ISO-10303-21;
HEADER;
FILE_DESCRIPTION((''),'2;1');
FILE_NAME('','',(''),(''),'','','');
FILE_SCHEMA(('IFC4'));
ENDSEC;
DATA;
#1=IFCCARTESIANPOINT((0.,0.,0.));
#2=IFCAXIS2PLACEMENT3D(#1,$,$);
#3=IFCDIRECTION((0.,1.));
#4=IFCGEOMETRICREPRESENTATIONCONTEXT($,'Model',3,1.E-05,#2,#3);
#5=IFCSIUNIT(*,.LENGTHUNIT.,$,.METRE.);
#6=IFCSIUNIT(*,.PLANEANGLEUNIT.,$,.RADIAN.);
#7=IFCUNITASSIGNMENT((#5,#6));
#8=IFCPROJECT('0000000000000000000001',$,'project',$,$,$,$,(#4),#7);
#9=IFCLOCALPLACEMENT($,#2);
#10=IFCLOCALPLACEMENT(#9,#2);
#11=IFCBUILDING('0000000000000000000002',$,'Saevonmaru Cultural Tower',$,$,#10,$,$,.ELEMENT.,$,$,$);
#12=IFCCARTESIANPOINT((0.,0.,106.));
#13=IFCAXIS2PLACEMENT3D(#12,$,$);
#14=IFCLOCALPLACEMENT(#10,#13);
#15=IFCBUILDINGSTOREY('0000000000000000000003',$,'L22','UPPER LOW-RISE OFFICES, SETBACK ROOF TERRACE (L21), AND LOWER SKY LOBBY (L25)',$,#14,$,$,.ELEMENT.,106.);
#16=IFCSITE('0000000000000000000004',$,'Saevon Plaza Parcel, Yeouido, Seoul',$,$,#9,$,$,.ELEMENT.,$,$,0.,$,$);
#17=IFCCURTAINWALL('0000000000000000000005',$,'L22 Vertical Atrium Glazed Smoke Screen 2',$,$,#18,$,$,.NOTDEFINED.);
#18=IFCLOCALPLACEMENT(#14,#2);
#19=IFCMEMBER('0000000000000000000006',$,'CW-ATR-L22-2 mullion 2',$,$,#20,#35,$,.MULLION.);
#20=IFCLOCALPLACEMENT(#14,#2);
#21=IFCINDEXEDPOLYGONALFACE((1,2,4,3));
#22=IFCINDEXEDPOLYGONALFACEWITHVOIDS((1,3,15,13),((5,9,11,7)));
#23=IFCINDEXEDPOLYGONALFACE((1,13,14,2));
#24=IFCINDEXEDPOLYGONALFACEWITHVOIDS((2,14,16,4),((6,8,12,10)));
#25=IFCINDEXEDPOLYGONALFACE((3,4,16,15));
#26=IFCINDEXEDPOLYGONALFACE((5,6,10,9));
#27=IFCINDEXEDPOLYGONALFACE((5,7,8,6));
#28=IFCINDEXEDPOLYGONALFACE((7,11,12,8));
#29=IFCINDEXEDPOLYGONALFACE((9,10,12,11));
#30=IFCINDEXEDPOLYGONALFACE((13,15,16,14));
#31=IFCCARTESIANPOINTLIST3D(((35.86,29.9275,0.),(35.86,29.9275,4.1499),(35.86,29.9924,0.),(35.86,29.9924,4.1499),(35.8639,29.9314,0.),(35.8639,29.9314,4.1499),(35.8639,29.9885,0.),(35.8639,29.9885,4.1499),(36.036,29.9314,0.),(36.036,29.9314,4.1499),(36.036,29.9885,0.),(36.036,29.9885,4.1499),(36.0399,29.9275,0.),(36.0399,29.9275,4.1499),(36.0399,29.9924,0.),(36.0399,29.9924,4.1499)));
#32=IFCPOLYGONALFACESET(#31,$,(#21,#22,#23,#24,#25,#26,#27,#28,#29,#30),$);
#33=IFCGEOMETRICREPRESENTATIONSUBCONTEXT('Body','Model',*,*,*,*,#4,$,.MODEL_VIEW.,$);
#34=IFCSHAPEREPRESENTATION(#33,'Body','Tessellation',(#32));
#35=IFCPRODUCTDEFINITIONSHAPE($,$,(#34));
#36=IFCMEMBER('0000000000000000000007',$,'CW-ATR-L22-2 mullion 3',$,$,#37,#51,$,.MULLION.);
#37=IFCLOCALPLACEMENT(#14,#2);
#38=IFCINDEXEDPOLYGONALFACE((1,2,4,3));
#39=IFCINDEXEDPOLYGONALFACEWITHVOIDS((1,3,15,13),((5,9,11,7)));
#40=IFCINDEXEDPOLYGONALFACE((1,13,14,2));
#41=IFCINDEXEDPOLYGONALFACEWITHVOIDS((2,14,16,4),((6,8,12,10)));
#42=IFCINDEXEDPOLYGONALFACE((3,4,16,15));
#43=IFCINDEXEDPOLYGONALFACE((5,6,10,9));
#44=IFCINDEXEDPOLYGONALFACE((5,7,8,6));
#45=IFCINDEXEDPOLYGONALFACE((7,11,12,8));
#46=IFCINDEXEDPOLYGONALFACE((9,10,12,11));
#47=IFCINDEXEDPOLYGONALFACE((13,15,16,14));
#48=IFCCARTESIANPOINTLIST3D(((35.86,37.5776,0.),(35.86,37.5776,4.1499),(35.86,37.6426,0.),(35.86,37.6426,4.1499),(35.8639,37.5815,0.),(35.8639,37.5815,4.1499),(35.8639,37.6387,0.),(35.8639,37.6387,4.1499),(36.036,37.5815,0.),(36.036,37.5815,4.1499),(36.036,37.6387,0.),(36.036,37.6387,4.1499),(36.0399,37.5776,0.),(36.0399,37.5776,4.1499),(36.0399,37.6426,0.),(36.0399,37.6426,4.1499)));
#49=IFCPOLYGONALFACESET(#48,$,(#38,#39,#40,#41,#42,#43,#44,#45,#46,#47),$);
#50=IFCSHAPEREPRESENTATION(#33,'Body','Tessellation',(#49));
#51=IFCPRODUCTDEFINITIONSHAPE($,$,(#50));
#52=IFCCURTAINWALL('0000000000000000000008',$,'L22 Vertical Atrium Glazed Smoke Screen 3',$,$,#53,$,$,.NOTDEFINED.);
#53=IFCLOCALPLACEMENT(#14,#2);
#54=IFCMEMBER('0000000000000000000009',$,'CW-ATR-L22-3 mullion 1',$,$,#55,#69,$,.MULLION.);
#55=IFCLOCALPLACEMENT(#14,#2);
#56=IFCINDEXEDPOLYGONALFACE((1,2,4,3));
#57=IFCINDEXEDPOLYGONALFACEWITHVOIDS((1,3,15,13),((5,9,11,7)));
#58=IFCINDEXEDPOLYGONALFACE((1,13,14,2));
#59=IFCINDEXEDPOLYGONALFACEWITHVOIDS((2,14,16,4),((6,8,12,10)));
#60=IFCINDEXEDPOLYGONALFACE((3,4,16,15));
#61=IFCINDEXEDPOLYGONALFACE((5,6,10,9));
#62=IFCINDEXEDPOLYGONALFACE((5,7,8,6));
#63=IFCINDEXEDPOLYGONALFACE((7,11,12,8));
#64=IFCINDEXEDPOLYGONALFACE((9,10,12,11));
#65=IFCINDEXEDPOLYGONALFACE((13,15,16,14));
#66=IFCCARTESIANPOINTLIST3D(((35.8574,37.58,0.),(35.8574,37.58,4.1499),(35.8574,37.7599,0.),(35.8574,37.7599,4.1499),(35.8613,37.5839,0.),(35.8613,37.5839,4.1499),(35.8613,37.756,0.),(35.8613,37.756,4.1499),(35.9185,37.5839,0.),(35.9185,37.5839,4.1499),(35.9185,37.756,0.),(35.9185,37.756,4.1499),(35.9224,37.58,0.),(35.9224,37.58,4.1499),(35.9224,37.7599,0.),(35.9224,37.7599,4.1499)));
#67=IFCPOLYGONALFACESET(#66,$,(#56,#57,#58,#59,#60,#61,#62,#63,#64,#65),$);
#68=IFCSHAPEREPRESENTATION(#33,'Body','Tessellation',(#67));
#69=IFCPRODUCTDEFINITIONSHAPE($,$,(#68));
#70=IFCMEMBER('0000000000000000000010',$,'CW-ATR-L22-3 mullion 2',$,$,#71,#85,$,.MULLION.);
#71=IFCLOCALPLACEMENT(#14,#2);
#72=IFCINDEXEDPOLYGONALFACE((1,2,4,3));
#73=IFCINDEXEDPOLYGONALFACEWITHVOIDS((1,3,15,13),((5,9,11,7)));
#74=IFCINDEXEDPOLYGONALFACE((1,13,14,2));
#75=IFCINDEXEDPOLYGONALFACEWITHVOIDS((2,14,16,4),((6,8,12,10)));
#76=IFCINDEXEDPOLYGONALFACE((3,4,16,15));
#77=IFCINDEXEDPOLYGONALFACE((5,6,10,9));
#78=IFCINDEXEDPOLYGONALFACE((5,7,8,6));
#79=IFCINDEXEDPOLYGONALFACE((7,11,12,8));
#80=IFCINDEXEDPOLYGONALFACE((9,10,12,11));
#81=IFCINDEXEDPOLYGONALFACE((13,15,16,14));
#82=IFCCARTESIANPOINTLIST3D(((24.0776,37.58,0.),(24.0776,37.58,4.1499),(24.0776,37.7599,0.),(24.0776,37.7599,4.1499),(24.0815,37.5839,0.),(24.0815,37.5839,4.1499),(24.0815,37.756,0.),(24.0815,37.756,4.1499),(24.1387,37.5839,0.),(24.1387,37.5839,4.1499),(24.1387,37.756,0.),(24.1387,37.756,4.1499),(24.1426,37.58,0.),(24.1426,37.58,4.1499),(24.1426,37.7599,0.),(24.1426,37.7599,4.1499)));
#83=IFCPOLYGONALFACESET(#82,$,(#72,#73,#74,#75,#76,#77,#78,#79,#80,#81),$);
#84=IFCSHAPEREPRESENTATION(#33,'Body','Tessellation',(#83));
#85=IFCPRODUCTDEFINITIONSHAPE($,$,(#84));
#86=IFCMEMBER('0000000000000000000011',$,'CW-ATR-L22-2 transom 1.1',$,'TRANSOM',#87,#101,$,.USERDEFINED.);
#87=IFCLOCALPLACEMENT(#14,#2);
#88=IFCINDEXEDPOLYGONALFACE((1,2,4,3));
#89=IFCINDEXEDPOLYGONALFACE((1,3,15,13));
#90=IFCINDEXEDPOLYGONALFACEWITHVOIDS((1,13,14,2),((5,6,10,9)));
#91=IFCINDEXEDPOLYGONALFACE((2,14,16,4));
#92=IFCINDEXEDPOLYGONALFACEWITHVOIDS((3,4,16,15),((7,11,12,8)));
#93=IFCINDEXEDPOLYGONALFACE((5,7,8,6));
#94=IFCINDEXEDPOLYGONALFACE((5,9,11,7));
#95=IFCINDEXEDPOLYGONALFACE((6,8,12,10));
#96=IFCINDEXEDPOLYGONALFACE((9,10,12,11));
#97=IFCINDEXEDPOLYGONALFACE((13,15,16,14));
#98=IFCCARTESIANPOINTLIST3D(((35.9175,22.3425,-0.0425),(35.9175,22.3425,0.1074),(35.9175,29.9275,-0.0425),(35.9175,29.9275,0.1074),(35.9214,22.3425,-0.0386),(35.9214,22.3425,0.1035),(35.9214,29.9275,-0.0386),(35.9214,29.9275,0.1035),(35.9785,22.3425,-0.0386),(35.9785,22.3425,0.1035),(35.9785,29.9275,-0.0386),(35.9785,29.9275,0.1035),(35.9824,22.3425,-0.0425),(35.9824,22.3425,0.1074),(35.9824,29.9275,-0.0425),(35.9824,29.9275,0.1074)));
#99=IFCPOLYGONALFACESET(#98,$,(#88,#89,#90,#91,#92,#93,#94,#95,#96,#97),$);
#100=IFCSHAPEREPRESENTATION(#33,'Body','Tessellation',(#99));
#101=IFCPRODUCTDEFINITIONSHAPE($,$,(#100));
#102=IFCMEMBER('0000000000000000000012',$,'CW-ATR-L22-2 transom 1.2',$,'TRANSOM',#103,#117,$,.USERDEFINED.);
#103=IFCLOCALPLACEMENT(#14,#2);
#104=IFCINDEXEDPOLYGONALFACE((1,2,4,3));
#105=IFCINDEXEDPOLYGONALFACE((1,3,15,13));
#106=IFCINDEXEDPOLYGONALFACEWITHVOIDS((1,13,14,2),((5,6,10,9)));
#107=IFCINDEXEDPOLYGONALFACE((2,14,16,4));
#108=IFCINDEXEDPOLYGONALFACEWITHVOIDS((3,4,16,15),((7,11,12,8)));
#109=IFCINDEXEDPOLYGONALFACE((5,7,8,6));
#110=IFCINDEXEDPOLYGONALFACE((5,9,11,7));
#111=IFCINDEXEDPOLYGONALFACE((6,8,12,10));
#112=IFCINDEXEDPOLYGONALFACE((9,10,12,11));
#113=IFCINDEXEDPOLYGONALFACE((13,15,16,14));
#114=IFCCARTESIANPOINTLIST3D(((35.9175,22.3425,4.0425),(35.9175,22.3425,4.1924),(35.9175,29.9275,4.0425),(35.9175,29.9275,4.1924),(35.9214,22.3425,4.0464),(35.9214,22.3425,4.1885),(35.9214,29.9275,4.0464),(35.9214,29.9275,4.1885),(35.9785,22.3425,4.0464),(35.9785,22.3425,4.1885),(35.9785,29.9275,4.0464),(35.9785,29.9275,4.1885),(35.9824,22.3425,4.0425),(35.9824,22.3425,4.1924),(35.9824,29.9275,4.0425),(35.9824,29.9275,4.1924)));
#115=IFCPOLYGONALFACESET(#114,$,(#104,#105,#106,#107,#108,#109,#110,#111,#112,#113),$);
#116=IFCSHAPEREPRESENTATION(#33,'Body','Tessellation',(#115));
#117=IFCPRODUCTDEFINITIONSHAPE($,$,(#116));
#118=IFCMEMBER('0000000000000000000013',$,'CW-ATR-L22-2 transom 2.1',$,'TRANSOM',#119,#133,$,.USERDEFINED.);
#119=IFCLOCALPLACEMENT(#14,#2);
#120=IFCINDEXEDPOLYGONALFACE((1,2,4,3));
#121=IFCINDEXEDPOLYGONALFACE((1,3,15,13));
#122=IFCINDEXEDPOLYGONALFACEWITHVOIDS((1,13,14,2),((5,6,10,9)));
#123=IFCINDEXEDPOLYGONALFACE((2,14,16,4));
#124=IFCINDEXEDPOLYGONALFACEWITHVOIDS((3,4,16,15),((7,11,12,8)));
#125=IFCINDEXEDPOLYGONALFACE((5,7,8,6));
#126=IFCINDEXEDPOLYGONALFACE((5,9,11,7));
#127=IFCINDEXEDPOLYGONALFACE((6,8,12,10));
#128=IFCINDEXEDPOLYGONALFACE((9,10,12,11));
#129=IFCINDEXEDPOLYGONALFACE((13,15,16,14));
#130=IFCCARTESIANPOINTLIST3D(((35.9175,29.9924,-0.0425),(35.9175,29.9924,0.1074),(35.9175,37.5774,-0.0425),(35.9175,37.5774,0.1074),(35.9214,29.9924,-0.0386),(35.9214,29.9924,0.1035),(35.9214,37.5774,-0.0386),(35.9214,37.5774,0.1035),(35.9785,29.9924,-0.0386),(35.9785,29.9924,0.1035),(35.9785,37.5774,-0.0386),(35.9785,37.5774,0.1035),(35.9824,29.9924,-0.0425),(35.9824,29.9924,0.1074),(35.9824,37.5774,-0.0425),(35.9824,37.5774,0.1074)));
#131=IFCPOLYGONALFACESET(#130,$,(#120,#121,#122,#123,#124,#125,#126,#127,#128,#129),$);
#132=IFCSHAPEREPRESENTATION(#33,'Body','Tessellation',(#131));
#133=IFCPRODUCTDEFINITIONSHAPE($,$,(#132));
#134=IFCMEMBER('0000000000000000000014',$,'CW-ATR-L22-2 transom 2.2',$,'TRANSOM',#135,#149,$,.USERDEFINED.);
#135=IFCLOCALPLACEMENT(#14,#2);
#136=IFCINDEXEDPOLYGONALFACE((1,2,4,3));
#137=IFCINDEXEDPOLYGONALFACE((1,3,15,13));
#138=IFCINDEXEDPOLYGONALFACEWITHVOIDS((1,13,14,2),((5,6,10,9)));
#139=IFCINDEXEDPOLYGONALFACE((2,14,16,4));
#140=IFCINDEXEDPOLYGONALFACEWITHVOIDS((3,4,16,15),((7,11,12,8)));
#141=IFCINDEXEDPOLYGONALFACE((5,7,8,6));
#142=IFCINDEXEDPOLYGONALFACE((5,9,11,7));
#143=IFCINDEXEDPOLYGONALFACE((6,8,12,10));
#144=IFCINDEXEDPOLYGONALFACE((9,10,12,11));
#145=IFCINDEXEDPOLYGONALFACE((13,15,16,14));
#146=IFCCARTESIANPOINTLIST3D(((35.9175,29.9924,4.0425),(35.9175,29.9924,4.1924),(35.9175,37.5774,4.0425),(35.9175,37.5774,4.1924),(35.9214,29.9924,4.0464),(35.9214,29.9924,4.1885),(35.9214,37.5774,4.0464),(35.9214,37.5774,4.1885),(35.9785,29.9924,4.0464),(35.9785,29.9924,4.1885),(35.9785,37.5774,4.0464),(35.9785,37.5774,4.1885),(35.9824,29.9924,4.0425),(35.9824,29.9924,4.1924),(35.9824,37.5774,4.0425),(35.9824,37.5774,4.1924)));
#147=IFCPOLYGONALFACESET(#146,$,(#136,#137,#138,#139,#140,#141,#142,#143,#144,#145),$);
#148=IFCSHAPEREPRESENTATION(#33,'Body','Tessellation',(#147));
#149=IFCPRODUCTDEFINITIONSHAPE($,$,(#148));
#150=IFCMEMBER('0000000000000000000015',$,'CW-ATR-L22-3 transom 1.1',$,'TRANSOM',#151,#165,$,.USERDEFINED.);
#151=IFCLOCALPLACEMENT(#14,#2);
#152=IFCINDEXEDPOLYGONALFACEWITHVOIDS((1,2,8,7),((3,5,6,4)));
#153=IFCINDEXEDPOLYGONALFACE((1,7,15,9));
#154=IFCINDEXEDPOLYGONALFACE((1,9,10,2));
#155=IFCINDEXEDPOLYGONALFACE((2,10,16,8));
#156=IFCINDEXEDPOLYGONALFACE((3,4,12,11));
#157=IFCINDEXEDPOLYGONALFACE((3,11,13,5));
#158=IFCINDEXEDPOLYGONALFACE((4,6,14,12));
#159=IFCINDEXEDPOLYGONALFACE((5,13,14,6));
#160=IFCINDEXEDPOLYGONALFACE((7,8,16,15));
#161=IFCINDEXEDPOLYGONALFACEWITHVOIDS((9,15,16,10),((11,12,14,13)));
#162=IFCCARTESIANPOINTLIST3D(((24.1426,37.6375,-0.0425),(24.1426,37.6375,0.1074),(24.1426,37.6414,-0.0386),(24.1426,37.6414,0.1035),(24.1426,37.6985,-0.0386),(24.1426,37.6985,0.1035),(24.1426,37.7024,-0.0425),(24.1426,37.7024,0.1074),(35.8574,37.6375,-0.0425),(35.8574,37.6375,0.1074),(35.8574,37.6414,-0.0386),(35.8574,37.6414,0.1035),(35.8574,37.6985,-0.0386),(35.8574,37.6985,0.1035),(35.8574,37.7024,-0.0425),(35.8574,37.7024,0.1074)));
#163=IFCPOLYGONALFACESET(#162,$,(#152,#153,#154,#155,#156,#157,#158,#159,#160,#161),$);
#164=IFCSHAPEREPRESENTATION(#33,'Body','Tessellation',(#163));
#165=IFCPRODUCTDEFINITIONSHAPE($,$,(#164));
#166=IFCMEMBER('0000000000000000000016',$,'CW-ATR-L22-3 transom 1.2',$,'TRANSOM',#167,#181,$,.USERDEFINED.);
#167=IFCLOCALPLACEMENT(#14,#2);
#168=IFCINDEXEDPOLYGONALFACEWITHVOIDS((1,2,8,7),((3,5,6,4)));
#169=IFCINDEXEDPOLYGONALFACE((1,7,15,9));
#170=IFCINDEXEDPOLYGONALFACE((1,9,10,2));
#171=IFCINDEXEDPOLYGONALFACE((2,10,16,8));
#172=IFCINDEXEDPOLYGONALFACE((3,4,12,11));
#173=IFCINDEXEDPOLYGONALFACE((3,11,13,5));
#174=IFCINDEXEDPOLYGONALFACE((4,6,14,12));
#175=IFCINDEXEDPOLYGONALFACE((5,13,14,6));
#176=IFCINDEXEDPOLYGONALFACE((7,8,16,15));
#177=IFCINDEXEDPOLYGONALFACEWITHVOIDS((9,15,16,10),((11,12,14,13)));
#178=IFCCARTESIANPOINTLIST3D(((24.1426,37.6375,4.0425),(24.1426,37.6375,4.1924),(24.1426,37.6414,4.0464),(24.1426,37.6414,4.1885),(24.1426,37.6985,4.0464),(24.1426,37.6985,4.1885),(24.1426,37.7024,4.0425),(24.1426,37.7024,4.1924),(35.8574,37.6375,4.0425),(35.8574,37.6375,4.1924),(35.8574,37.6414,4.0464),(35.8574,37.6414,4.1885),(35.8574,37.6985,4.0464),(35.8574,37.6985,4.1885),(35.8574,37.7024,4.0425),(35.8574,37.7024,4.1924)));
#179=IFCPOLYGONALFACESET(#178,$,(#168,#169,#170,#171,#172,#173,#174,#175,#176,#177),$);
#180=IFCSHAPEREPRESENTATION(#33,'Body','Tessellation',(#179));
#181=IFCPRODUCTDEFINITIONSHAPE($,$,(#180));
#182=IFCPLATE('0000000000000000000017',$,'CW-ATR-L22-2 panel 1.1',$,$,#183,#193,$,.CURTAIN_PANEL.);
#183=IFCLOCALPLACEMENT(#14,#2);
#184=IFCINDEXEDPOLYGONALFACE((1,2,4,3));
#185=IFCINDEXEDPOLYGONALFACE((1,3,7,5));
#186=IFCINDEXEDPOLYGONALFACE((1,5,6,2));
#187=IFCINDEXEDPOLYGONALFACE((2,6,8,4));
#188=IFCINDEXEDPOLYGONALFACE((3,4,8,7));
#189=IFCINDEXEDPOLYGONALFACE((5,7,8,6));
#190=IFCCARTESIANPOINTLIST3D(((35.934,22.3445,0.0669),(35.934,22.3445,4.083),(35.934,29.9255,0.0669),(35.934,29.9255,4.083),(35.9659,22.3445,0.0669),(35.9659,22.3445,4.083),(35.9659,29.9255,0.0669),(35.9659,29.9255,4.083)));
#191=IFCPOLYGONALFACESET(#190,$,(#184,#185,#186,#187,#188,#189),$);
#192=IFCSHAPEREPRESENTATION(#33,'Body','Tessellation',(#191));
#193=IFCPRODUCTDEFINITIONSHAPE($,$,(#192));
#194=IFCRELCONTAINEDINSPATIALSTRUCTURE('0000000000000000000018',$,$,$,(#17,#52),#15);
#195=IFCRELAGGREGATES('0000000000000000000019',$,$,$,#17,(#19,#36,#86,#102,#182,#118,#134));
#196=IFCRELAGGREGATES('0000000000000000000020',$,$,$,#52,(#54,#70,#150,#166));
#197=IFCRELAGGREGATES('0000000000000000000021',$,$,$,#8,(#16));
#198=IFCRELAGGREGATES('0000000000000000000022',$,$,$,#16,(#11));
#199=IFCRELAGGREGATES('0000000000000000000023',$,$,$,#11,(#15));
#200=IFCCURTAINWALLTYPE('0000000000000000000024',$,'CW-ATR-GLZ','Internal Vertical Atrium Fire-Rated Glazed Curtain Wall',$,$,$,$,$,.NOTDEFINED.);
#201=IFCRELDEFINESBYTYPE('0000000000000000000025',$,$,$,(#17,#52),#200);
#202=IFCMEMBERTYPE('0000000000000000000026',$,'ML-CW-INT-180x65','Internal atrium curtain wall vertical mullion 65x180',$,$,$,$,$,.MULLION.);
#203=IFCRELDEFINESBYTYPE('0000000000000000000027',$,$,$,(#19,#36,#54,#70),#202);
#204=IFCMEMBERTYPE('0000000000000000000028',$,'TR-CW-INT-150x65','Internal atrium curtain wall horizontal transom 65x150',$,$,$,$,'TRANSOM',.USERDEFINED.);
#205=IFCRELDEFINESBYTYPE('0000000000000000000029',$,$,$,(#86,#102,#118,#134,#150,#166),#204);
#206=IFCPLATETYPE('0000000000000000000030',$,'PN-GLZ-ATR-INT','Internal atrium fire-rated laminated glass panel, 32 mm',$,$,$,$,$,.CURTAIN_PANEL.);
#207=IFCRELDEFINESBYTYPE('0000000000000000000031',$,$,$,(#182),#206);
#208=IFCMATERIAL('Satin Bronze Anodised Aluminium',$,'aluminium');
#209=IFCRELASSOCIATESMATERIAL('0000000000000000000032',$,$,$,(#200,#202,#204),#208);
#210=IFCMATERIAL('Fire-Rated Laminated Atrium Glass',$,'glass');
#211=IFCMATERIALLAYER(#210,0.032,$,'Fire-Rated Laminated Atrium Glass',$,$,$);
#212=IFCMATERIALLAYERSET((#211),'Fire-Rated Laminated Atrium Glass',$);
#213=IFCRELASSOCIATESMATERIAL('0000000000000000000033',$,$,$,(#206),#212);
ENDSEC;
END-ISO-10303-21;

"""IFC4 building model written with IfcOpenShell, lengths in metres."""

from ifc_helpers import new_model, si_unit, direction, frame, origin, origin_2d, place, context, subcontext, project, spatial, rectangle, hollow_rectangle, extrude, material, layer, layer_set, material_profile, profile_set, type_object, element, aggregate, save


model = new_model("IFC4")

# Units and contexts
model_context = context("Model", 3, precision=1e-05, world=origin(), true_north=direction((0.0, 1.0)))
body_context = subcontext(model_context, "Body", "Model", "MODEL_VIEW")
ifc_project = project(units=[si_unit("LENGTHUNIT", "METRE"), si_unit("PLANEANGLEUNIT", "RADIAN")], contexts=[model_context])

# Site, building, storey
site_placement = place(None, origin())
site = spatial("IfcSite", under=ifc_project, at=site_placement, Name="Saevon Plaza Parcel, Yeouido, Seoul", CompositionType="ELEMENT", RefElevation=0.0)
building_placement = place(site_placement, origin())
building = spatial("IfcBuilding", under=site, at=building_placement, Name="Saevonmaru Cultural Tower", CompositionType="ELEMENT")
storey_placement = place(building_placement, frame((0.0, 0.0, 106.0)))
storey = spatial("IfcBuildingStorey", under=building, at=storey_placement, Name="L22", Description="UPPER LOW-RISE OFFICES, SETBACK ROOF TERRACE (L21), AND LOWER SKY LOBBY (L25)", CompositionType="ELEMENT", Elevation=106.0)

# Curtain walls, members
ifc_material_1 = material(Name="Satin Bronze Anodised Aluminium", Category="aluminium")
curtain_wall_type = type_object("IfcCurtainWallType", Name="CW-ATR-GLZ", Description="Internal Vertical Atrium Fire-Rated Glazed Curtain Wall", PredefinedType="NOTDEFINED", material=ifc_material_1)
curtain_wall_1_placement = place(storey_placement, origin())
curtain_wall_1 = element("IfcCurtainWall", 1, at=curtain_wall_1_placement, inside=storey, type_object=curtain_wall_type, Name="L22 Vertical Atrium Glazed Smoke Screen 2", PredefinedType="NOTDEFINED")
ifc_material_profile_1 = material_profile(ifc_material_1, hollow_rectangle(XDim=0.0649, YDim=0.1799, WallThickness=0.0039, at=origin_2d()), Name="ALU-MULL-180x65x4")
ifc_profile_set_1 = profile_set([ifc_material_profile_1], Name="Satin Bronze Anodised Aluminium")
member_type_1 = type_object("IfcMemberType", Name="ML-CW-INT-180x65", Description="Internal atrium curtain wall vertical mullion 65x180", PredefinedType="MULLION", material=ifc_profile_set_1)
member_1_placement = place(storey_placement, frame((35.95, 29.96, 0.0), z_axis=(0.0, 0.0, 1.0), x_axis=(0.0, 1.0, 0.0)))
member_1 = element("IfcMember", 2, at=member_1_placement, type_object=member_type_1, Name="CW-ATR-L22-2 mullion 2", PredefinedType="MULLION", context=body_context, shape_type="SweptSolid", body=[
    extrude(hollow_rectangle(XDim=0.0649, YDim=0.1799, WallThickness=0.0039, at=origin_2d()), origin(), (0.0, 0.0, 1.0), 4.1499),
])
member_2_placement = place(storey_placement, frame((35.95, 37.6101, 0.0), z_axis=(0.0, 0.0, 1.0), x_axis=(0.0, 1.0, 0.0)))
member_2 = element("IfcMember", 3, at=member_2_placement, type_object=member_type_1, Name="CW-ATR-L22-2 mullion 3", PredefinedType="MULLION", context=body_context, shape_type="SweptSolid", body=[
    extrude(hollow_rectangle(XDim=0.0649, YDim=0.1799, WallThickness=0.0039, at=origin_2d()), origin(), (0.0, 0.0, 1.0), 4.1499),
])
curtain_wall_2_placement = place(storey_placement, origin())
curtain_wall_2 = element("IfcCurtainWall", 4, at=curtain_wall_2_placement, inside=storey, type_object=curtain_wall_type, Name="L22 Vertical Atrium Glazed Smoke Screen 3", PredefinedType="NOTDEFINED")
member_3_placement = place(storey_placement, frame((35.8899, 37.6699, 0.0), z_axis=(0.0, 0.0, 1.0), x_axis=(-1.0, 0.0, 0.0)))
member_3 = element("IfcMember", 5, at=member_3_placement, type_object=member_type_1, Name="CW-ATR-L22-3 mullion 1", PredefinedType="MULLION", context=body_context, shape_type="SweptSolid", body=[
    extrude(hollow_rectangle(XDim=0.0649, YDim=0.1799, WallThickness=0.0039, at=origin_2d()), origin(), (0.0, 0.0, 1.0), 4.1499),
])
member_4_placement = place(storey_placement, frame((24.1101, 37.6699, 0.0), z_axis=(0.0, 0.0, 1.0), x_axis=(-1.0, 0.0, 0.0)))
member_4 = element("IfcMember", 6, at=member_4_placement, type_object=member_type_1, Name="CW-ATR-L22-3 mullion 2", PredefinedType="MULLION", context=body_context, shape_type="SweptSolid", body=[
    extrude(hollow_rectangle(XDim=0.0649, YDim=0.1799, WallThickness=0.0039, at=origin_2d()), origin(), (0.0, 0.0, 1.0), 4.1499),
])

# Members
ifc_material_profile_2 = material_profile(ifc_material_1, hollow_rectangle(XDim=0.0649, YDim=0.1499, WallThickness=0.0039, at=origin_2d()), Name="ALU-TRAN-150x65x4")
ifc_profile_set_2 = profile_set([ifc_material_profile_2], Name="Satin Bronze Anodised Aluminium")
member_type_2 = type_object("IfcMemberType", Name="TR-CW-INT-150x65", Description="Internal atrium curtain wall horizontal transom 65x150", ElementType="TRANSOM", PredefinedType="USERDEFINED", material=ifc_profile_set_2)
member_5_placement = place(storey_placement, frame((35.95, 22.3425, 0.0325), z_axis=(0.0, 1.0, 0.0), x_axis=(-1.0, 0.0, 0.0)))
member_5 = element("IfcMember", 7, at=member_5_placement, type_object=member_type_2, Name="CW-ATR-L22-2 transom 1.1", ObjectType="TRANSOM", PredefinedType="USERDEFINED", context=body_context, shape_type="SweptSolid", body=[
    extrude(hollow_rectangle(XDim=0.0649, YDim=0.1499, WallThickness=0.0039, at=origin_2d()), origin(), (0.0, 0.0, 1.0), 7.585),
])
member_6_placement = place(storey_placement, frame((35.95, 22.3425, 4.1174), z_axis=(0.0, 1.0, 0.0), x_axis=(-1.0, 0.0, 0.0)))
member_6 = element("IfcMember", 8, at=member_6_placement, type_object=member_type_2, Name="CW-ATR-L22-2 transom 1.2", ObjectType="TRANSOM", PredefinedType="USERDEFINED", context=body_context, shape_type="SweptSolid", body=[
    extrude(hollow_rectangle(XDim=0.0649, YDim=0.1499, WallThickness=0.0039, at=origin_2d()), origin(), (0.0, 0.0, 1.0), 7.585),
])
member_7_placement = place(storey_placement, frame((35.95, 29.9924, 0.0325), z_axis=(0.0, 1.0, 0.0), x_axis=(-1.0, 0.0, 0.0)))
member_7 = element("IfcMember", 9, at=member_7_placement, type_object=member_type_2, Name="CW-ATR-L22-2 transom 2.1", ObjectType="TRANSOM", PredefinedType="USERDEFINED", context=body_context, shape_type="SweptSolid", body=[
    extrude(hollow_rectangle(XDim=0.0649, YDim=0.1499, WallThickness=0.0039, at=origin_2d()), origin(), (0.0, 0.0, 1.0), 7.585),
])
member_8_placement = place(storey_placement, frame((35.95, 29.9924, 4.1174), z_axis=(0.0, 1.0, 0.0), x_axis=(-1.0, 0.0, 0.0)))
member_8 = element("IfcMember", 10, at=member_8_placement, type_object=member_type_2, Name="CW-ATR-L22-2 transom 2.2", ObjectType="TRANSOM", PredefinedType="USERDEFINED", context=body_context, shape_type="SweptSolid", body=[
    extrude(hollow_rectangle(XDim=0.0649, YDim=0.1499, WallThickness=0.0039, at=origin_2d()), origin(), (0.0, 0.0, 1.0), 7.585),
])
member_9_placement = place(storey_placement, frame((35.8574, 37.6699, 0.0325), z_axis=(-1.0, 0.0, 0.0), x_axis=(0.0, -1.0, 0.0)))
member_9 = element("IfcMember", 11, at=member_9_placement, type_object=member_type_2, Name="CW-ATR-L22-3 transom 1.1", ObjectType="TRANSOM", PredefinedType="USERDEFINED", context=body_context, shape_type="SweptSolid", body=[
    extrude(hollow_rectangle(XDim=0.0649, YDim=0.1499, WallThickness=0.0039, at=origin_2d()), origin(), (0.0, 0.0, 1.0), 11.7148),
])
member_10_placement = place(storey_placement, frame((35.8574, 37.6699, 4.1174), z_axis=(-1.0, 0.0, 0.0), x_axis=(0.0, -1.0, 0.0)))
member_10 = element("IfcMember", 12, at=member_10_placement, type_object=member_type_2, Name="CW-ATR-L22-3 transom 1.2", ObjectType="TRANSOM", PredefinedType="USERDEFINED", context=body_context, shape_type="SweptSolid", body=[
    extrude(hollow_rectangle(XDim=0.0649, YDim=0.1499, WallThickness=0.0039, at=origin_2d()), origin(), (0.0, 0.0, 1.0), 11.7148),
])

# Plate
ifc_material_2 = material(Name="Fire-Rated Laminated Atrium Glass", Category="glass")
ifc_layer_1 = layer(ifc_material_2, 0.032, Name="Fire-Rated Laminated Atrium Glass")
ifc_layer_set_1 = layer_set([ifc_layer_1], Name="Fire-Rated Laminated Atrium Glass")
plate_type = type_object("IfcPlateType", Name="PN-GLZ-ATR-INT", Description="Internal atrium fire-rated laminated glass panel, 32 mm", PredefinedType="CURTAIN_PANEL", material=ifc_layer_set_1)
plate_1_placement = place(storey_placement, frame((35.95, 26.135, 0.0669), z_axis=(0.0, 0.0, 1.0), x_axis=(0.0, 1.0, 0.0)))
plate_1 = element("IfcPlate", 13, at=plate_1_placement, type_object=plate_type, Name="CW-ATR-L22-2 panel 1.1", PredefinedType="CURTAIN_PANEL", context=body_context, shape_type="SweptSolid", body=[
    extrude(rectangle(XDim=7.5811, YDim=0.032, at=origin_2d()), origin(), (0.0, 0.0, 1.0), 4.0161),
])
aggregate(curtain_wall_1, [member_1, member_2, member_5, member_6, plate_1, member_7, member_8])
aggregate(curtain_wall_2, [member_3, member_4, member_9, member_10])

save(model, "model.ifc")
